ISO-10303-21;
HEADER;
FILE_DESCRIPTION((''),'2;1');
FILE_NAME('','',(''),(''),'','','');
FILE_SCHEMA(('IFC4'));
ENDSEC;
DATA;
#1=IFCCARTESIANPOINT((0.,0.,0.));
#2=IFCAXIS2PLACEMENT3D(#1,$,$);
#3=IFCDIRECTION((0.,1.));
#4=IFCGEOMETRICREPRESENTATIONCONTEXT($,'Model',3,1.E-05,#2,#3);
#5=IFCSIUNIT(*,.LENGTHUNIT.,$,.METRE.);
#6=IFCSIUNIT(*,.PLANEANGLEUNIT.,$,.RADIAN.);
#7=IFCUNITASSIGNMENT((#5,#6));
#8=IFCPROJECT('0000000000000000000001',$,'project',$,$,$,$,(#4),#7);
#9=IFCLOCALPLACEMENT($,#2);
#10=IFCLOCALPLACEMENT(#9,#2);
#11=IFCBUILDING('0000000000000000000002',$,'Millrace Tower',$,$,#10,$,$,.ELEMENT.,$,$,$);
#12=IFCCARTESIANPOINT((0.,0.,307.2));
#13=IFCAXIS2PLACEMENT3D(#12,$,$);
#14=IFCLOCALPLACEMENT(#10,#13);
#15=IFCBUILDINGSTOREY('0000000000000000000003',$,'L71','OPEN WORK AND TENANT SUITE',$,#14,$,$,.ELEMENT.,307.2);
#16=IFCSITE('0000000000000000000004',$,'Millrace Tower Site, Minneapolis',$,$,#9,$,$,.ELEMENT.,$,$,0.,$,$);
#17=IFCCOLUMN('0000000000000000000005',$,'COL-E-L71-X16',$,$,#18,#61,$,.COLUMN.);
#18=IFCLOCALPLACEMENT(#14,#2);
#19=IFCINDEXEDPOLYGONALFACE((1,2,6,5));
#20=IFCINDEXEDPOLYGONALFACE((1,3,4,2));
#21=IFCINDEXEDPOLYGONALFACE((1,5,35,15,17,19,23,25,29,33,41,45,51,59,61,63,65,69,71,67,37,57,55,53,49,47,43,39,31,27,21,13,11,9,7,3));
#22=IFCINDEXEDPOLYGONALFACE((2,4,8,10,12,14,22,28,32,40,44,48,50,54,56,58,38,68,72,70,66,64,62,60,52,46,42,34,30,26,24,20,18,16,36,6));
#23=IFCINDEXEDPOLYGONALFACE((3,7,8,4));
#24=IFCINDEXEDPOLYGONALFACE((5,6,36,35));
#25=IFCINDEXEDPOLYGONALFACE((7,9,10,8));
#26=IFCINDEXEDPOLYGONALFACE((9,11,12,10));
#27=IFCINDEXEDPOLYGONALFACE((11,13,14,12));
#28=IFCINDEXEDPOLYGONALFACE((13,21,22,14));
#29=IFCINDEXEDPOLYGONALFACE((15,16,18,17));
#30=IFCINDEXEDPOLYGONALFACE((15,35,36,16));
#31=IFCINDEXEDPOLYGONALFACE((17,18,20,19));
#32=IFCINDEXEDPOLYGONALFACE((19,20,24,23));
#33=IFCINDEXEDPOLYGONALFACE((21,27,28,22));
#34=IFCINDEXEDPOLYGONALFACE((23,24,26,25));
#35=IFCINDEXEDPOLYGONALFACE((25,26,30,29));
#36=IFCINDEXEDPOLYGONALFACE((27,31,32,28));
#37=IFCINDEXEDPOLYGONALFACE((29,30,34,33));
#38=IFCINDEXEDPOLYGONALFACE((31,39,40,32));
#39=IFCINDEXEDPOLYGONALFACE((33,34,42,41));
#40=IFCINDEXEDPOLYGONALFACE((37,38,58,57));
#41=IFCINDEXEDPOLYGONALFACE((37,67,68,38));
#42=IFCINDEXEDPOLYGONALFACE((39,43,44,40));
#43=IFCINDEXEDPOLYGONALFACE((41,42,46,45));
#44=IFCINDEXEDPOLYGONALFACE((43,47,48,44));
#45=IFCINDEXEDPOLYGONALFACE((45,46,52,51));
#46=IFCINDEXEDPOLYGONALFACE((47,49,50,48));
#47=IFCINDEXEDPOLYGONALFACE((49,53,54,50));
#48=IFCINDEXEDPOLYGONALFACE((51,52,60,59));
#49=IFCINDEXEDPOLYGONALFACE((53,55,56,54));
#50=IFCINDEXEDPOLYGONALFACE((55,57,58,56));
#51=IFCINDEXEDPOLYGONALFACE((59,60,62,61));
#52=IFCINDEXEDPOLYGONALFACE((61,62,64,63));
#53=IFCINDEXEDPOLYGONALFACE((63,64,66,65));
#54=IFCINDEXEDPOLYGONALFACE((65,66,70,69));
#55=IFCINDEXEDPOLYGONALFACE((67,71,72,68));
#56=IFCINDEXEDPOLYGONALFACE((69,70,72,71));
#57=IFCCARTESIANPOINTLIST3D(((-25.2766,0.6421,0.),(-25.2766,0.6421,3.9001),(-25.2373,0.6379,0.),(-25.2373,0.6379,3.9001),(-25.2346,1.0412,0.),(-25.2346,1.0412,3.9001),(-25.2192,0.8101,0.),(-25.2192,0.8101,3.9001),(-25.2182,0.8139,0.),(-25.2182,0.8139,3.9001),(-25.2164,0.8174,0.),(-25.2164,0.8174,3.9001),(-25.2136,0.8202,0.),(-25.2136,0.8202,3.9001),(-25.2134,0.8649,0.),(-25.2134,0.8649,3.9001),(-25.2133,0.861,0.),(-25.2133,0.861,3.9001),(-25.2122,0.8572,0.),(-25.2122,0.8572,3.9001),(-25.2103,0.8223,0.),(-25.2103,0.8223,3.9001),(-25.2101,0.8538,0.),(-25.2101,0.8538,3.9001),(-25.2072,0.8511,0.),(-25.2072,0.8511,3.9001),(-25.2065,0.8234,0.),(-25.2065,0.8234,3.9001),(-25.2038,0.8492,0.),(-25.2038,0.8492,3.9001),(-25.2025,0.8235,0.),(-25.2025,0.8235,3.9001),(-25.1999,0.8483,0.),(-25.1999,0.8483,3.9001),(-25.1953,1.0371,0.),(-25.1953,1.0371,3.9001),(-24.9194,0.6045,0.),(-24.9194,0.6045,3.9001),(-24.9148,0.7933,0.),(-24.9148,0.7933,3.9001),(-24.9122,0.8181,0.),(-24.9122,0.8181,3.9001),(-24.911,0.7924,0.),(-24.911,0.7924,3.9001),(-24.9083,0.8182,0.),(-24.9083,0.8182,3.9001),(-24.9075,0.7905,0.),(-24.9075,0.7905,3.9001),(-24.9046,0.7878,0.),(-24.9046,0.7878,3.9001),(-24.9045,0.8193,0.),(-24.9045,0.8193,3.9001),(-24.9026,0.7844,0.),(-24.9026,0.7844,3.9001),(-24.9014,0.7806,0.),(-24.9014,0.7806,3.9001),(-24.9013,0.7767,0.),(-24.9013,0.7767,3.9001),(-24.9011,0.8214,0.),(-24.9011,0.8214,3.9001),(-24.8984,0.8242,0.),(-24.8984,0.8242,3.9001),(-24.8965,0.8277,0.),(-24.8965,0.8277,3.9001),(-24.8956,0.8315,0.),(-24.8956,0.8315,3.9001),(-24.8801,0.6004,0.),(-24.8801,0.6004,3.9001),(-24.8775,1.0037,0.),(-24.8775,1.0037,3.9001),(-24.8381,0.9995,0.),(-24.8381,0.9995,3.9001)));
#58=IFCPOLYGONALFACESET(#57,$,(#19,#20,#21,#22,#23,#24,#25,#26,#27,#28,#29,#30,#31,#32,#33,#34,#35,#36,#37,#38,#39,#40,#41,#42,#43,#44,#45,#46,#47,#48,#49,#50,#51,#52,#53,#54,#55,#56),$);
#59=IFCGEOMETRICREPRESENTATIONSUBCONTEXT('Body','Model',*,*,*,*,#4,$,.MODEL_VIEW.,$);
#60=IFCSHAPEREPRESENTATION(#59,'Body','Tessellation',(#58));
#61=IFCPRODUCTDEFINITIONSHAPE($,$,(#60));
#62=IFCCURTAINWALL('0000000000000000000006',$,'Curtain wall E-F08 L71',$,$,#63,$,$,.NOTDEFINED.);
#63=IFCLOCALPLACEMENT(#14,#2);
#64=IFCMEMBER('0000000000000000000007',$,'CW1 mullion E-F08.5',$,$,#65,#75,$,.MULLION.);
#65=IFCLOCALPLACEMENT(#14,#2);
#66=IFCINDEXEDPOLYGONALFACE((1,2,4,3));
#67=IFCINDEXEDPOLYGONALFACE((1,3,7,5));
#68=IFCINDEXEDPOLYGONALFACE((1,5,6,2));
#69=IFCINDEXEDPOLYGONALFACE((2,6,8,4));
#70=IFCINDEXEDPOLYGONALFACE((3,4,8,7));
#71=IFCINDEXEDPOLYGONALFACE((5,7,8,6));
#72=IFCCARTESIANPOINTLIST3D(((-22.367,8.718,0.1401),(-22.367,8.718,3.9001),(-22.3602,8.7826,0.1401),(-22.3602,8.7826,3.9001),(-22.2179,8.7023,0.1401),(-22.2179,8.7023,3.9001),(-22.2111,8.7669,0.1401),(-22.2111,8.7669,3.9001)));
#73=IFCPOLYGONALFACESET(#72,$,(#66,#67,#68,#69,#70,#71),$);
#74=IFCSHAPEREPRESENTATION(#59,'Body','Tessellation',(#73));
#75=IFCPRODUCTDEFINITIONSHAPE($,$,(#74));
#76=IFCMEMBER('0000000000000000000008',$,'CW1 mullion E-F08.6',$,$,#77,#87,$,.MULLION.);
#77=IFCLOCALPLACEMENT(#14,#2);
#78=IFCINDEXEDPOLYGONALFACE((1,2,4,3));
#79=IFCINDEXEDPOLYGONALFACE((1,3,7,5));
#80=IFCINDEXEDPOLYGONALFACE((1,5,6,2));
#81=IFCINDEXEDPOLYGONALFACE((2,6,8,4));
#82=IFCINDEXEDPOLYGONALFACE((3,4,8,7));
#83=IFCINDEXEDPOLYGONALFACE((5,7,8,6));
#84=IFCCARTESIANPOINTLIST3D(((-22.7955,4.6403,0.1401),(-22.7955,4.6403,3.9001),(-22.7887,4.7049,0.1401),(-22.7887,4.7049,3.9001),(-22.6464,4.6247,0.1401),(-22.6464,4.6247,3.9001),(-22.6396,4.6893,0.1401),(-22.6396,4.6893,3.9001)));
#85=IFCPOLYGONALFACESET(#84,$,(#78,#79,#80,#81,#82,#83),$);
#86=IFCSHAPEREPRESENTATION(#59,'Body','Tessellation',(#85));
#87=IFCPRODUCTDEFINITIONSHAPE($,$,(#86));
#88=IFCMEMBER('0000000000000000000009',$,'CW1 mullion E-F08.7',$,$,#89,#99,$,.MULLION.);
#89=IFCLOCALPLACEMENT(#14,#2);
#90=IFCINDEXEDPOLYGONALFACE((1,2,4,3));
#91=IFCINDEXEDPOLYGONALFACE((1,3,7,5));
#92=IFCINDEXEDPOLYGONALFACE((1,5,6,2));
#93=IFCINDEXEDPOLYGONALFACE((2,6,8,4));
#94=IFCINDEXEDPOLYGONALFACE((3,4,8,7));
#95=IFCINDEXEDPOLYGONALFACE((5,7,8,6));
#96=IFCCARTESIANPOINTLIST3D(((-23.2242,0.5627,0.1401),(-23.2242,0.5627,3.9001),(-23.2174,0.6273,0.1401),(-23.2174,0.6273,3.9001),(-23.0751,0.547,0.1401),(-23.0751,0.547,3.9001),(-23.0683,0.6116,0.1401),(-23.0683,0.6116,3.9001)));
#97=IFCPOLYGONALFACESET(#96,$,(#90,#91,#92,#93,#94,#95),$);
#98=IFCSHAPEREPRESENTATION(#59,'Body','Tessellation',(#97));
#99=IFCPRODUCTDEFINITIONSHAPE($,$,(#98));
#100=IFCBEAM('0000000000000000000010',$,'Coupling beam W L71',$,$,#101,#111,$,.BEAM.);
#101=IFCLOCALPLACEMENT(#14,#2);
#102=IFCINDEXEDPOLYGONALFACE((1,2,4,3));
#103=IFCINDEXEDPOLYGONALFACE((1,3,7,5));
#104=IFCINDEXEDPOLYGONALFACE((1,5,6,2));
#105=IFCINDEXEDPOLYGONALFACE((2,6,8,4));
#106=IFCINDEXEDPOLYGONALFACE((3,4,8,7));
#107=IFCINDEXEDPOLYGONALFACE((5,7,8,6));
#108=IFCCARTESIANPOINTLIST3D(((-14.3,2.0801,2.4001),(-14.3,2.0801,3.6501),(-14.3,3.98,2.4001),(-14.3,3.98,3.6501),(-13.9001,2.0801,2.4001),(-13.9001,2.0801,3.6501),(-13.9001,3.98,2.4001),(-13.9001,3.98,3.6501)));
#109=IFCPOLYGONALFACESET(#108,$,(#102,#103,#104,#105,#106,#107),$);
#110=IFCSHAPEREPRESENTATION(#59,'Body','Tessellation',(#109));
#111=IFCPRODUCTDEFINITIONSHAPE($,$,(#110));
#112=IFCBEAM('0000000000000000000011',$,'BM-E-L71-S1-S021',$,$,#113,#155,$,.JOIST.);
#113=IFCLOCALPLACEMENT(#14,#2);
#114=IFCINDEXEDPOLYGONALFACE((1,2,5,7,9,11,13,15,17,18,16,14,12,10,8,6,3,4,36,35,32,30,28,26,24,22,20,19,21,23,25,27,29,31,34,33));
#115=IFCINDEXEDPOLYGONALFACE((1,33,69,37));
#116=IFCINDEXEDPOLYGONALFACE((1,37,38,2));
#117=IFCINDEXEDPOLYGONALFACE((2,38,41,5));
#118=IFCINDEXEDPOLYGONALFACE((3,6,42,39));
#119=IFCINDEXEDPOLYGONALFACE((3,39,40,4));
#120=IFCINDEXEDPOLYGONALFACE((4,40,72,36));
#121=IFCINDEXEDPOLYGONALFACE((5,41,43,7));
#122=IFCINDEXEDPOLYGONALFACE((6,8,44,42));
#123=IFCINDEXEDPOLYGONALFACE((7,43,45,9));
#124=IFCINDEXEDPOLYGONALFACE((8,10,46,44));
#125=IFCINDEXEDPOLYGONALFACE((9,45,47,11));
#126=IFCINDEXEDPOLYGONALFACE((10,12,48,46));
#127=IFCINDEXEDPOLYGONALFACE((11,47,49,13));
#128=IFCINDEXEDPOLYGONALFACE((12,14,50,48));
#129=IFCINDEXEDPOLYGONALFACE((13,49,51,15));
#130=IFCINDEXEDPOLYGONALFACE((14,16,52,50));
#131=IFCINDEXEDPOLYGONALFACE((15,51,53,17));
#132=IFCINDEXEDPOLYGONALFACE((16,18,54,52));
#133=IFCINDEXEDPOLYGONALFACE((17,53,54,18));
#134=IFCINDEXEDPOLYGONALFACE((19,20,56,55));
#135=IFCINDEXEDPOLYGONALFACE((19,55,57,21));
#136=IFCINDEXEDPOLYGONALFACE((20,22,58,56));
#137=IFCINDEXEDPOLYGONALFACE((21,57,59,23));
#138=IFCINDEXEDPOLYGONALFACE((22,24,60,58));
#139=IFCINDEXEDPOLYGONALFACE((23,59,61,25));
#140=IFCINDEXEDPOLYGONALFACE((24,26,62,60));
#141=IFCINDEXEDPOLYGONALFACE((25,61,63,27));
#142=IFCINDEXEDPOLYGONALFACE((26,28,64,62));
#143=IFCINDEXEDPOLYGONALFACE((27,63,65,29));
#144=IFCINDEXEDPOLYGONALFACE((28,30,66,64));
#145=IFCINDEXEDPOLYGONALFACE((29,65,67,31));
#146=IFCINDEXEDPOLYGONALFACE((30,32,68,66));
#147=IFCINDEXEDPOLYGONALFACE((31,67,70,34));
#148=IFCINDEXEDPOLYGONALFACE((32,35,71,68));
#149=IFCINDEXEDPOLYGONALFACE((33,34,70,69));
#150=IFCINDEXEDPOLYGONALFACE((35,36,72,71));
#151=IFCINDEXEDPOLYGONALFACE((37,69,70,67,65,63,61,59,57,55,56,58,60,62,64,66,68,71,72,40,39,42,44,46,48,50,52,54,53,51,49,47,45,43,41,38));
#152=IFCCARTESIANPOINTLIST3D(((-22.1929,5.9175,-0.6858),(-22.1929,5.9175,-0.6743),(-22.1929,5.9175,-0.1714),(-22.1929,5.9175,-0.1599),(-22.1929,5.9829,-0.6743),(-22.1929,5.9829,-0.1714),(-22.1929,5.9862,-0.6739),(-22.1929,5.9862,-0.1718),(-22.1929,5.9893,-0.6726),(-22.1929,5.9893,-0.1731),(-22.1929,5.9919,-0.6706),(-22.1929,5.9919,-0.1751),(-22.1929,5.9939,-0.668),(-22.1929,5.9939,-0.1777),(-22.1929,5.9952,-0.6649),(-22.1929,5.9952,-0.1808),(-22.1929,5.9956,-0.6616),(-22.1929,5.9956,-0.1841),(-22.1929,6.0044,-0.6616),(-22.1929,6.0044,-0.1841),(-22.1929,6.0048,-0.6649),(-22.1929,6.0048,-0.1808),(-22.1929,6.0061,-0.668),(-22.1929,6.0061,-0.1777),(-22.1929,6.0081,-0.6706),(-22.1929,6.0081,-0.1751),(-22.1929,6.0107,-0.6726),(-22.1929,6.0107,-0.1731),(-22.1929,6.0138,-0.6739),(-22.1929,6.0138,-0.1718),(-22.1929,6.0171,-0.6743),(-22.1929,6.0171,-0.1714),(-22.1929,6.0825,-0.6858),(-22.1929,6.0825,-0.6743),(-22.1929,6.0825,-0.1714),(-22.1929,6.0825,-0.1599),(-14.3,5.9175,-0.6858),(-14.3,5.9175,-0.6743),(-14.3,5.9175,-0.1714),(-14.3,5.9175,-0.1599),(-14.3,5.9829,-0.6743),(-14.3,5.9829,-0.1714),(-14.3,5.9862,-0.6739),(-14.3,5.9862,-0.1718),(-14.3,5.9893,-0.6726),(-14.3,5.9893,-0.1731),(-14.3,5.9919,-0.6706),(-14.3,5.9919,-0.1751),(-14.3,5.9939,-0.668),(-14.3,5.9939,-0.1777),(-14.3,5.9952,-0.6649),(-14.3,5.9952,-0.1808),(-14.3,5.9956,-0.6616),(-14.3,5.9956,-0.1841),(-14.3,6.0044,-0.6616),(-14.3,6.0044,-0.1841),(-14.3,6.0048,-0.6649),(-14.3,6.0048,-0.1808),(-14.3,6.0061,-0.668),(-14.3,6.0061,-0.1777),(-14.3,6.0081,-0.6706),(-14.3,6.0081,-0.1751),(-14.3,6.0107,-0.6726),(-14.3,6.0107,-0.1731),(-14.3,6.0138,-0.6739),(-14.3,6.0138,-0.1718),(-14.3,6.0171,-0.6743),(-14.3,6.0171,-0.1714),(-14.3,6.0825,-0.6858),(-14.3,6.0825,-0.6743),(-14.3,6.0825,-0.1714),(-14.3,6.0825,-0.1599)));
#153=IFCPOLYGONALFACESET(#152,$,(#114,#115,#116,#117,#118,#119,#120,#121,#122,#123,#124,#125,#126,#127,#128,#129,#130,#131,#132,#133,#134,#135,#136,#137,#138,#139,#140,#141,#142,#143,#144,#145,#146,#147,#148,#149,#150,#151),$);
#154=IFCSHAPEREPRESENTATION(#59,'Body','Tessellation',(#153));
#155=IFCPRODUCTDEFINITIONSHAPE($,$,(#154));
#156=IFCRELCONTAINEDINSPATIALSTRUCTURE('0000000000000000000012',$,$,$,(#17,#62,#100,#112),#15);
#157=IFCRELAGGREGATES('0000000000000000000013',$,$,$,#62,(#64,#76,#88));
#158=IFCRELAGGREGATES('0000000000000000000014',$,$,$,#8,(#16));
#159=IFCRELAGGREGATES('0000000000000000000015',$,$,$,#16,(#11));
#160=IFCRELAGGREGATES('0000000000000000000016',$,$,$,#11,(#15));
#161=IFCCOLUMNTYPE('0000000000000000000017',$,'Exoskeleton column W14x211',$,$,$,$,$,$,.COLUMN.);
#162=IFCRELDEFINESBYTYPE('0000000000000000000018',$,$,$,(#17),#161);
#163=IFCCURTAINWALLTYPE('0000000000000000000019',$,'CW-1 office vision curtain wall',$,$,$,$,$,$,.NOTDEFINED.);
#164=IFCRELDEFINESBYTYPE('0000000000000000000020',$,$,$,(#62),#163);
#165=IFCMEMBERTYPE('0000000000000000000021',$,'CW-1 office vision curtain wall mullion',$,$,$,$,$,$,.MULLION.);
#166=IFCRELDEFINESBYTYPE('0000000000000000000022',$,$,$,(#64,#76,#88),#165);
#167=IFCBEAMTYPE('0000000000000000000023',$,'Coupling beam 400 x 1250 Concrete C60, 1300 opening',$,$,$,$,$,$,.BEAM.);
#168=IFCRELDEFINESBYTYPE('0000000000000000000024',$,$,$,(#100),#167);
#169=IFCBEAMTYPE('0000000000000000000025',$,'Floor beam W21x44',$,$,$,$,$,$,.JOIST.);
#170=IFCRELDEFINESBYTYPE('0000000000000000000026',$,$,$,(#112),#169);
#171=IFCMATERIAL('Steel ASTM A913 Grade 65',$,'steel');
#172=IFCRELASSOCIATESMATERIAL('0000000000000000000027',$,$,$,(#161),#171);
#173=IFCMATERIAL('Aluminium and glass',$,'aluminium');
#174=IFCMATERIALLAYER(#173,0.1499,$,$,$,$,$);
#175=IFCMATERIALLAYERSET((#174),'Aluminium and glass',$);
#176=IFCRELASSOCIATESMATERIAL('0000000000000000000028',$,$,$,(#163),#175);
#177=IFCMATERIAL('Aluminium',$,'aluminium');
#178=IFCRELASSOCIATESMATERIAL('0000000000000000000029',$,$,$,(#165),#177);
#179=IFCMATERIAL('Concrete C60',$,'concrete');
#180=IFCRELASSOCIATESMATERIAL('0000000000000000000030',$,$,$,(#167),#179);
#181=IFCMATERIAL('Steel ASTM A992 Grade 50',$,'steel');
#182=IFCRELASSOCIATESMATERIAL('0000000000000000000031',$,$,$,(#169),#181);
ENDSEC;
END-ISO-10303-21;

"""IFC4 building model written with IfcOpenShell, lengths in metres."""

from ifc_helpers import new_model, si_unit, direction, frame, origin, origin_2d, place, context, subcontext, project, spatial, rectangle, i_section, extrude, material, layer, layer_set, material_profile, profile_set, type_object, element, aggregate, save


model = new_model("IFC4")

# Units and contexts
model_context = context("Model", 3, precision=1e-05, world=origin(), true_north=direction((0.0, 1.0)))
body_context = subcontext(model_context, "Body", "Model", "MODEL_VIEW")
ifc_project = project(units=[si_unit("LENGTHUNIT", "METRE"), si_unit("PLANEANGLEUNIT", "RADIAN")], contexts=[model_context])

# Site, building, storey
site_placement = place(None, origin())
site = spatial("IfcSite", under=ifc_project, at=site_placement, Name="Millrace Tower Site, Minneapolis", CompositionType="ELEMENT", RefElevation=0.0)
building_placement = place(site_placement, origin())
building = spatial("IfcBuilding", under=site, at=building_placement, Name="Millrace Tower", CompositionType="ELEMENT")
storey_placement = place(building_placement, frame((0.0, 0.0, 307.2)))
storey = spatial("IfcBuildingStorey", under=building, at=storey_placement, Name="L71", Description="OPEN WORK AND TENANT SUITE", CompositionType="ELEMENT", Elevation=307.2)

# Column
ifc_material_1 = material(Name="Steel ASTM A913 Grade 65", Category="steel")
ifc_material_profile_1 = material_profile(ifc_material_1, i_section(OverallWidth=0.4014, OverallDepth=0.3987, WebThickness=0.0249, FlangeThickness=0.0396, FilletRadius=0.0151, at=origin_2d()))
ifc_profile_set_1 = profile_set([ifc_material_profile_1], Name="Steel ASTM A913 Grade 65")
column_type = type_object("IfcColumnType", Name="Exoskeleton column W14x211", PredefinedType="COLUMN", material=ifc_profile_set_1)
column_placement = place(storey_placement, frame((-25.0574, 0.8208, 0.0), z_axis=(0.0, 0.0, 1.0), x_axis=(-0.104528, -0.994522, 0.0)))
element("IfcColumn", 1, at=column_placement, inside=storey, type_object=column_type, Name="COL-E-L71-X16", PredefinedType="COLUMN", context=body_context, shape_type="SweptSolid", body=[
    extrude(i_section(OverallWidth=0.4014, OverallDepth=0.3987, WebThickness=0.0249, FlangeThickness=0.0396, FilletRadius=0.0151, at=origin_2d()), origin(), (0.0, 0.0, 1.0), 3.9001),
])

# Curtain wall, members
ifc_material_2 = material(Name="Aluminium and glass", Category="aluminium")
ifc_layer_1 = layer(ifc_material_2, 0.1499)
ifc_layer_set_1 = layer_set([ifc_layer_1], Name="Aluminium and glass")
curtain_wall_type = type_object("IfcCurtainWallType", Name="CW-1 office vision curtain wall", PredefinedType="NOTDEFINED", material=ifc_layer_set_1)
placement = place(storey_placement, origin())
curtain_wall = element("IfcCurtainWall", 2, at=placement, inside=storey, type_object=curtain_wall_type, Name="Curtain wall E-F08 L71", PredefinedType="NOTDEFINED")
ifc_material_3 = material(Name="Aluminium", Category="aluminium")
ifc_material_profile_2 = material_profile(ifc_material_3, rectangle(XDim=0.0649, YDim=0.1499, at=origin_2d()))
ifc_profile_set_2 = profile_set([ifc_material_profile_2], Name="Aluminium")
member_type = type_object("IfcMemberType", Name="CW-1 office vision curtain wall mullion", PredefinedType="MULLION", material=ifc_profile_set_2)
member_1_placement = place(storey_placement, frame((-22.2891, 8.7424, 0.1401), z_axis=(0.0, 0.0, 1.0), x_axis=(-0.104528, -0.994522, 0.0)))
member_1 = element("IfcMember", 3, at=member_1_placement, type_object=member_type, Name="CW1 mullion E-F08.5", PredefinedType="MULLION", context=body_context, shape_type="SweptSolid", body=[
    extrude(rectangle(XDim=0.0649, YDim=0.1499, at=origin_2d()), origin(), (0.0, 0.0, 1.0), 3.76),
])
member_2_placement = place(storey_placement, frame((-22.7175, 4.6648, 0.1401), z_axis=(0.0, 0.0, 1.0), x_axis=(-0.104528, -0.994522, 0.0)))
member_2 = element("IfcMember", 4, at=member_2_placement, type_object=member_type, Name="CW1 mullion E-F08.6", PredefinedType="MULLION", context=body_context, shape_type="SweptSolid", body=[
    extrude(rectangle(XDim=0.0649, YDim=0.1499, at=origin_2d()), origin(), (0.0, 0.0, 1.0), 3.76),
])
member_3_placement = place(storey_placement, frame((-23.1462, 0.5872, 0.1401), z_axis=(0.0, 0.0, 1.0), x_axis=(-0.104528, -0.994522, 0.0)))
member_3 = element("IfcMember", 5, at=member_3_placement, type_object=member_type, Name="CW1 mullion E-F08.7", PredefinedType="MULLION", context=body_context, shape_type="SweptSolid", body=[
    extrude(rectangle(XDim=0.0649, YDim=0.1499, at=origin_2d()), origin(), (0.0, 0.0, 1.0), 3.76),
])
aggregate(curtain_wall, [member_1, member_2, member_3])

# Beams
ifc_material_4 = material(Name="Concrete C60", Category="concrete")
ifc_material_profile_3 = material_profile(ifc_material_4, rectangle(XDim=0.3999, YDim=1.25, at=origin_2d()))
ifc_profile_set_3 = profile_set([ifc_material_profile_3], Name="Concrete C60")
beam_type_1 = type_object("IfcBeamType", Name="Coupling beam 400 x 1250 Concrete C60, 1300 opening", PredefinedType="BEAM", material=ifc_profile_set_3)
beam_1_placement = place(storey_placement, frame((-14.1001, 2.0801, 3.0251), z_axis=(0.0, 1.0, 0.0), x_axis=(-1.0, 0.0, 0.0)))
element("IfcBeam", 6, at=beam_1_placement, inside=storey, type_object=beam_type_1, Name="Coupling beam W L71", PredefinedType="BEAM", context=body_context, shape_type="SweptSolid", body=[
    extrude(rectangle(XDim=0.3999, YDim=1.25, at=origin_2d()), origin(), (0.0, 0.0, 1.0), 1.8999),
])
ifc_material_5 = material(Name="Steel ASTM A992 Grade 50", Category="steel")
ifc_material_profile_4 = material_profile(ifc_material_5, i_section(OverallWidth=0.165, OverallDepth=0.5259, WebThickness=0.0088, FlangeThickness=0.0115, FilletRadius=0.0127, at=origin_2d()))
ifc_profile_set_4 = profile_set([ifc_material_profile_4], Name="Steel ASTM A992 Grade 50")
beam_type_2 = type_object("IfcBeamType", Name="Floor beam W21x44", PredefinedType="JOIST", material=ifc_profile_set_4)
beam_2_placement = place(storey_placement, frame((-22.1929, 6.0, -0.4229), z_axis=(1.0, 0.0, 0.0), x_axis=(0.0, 1.0, 0.0)))
element("IfcBeam", 7, at=beam_2_placement, inside=storey, type_object=beam_type_2, Name="BM-E-L71-S1-S021", PredefinedType="JOIST", context=body_context, shape_type="SweptSolid", body=[
    extrude(i_section(OverallWidth=0.165, OverallDepth=0.5259, WebThickness=0.0088, FlangeThickness=0.0115, FilletRadius=0.0127, at=origin_2d()), origin(), (0.0, 0.0, 1.0), 7.8928),
])

save(model, "model.ifc")
